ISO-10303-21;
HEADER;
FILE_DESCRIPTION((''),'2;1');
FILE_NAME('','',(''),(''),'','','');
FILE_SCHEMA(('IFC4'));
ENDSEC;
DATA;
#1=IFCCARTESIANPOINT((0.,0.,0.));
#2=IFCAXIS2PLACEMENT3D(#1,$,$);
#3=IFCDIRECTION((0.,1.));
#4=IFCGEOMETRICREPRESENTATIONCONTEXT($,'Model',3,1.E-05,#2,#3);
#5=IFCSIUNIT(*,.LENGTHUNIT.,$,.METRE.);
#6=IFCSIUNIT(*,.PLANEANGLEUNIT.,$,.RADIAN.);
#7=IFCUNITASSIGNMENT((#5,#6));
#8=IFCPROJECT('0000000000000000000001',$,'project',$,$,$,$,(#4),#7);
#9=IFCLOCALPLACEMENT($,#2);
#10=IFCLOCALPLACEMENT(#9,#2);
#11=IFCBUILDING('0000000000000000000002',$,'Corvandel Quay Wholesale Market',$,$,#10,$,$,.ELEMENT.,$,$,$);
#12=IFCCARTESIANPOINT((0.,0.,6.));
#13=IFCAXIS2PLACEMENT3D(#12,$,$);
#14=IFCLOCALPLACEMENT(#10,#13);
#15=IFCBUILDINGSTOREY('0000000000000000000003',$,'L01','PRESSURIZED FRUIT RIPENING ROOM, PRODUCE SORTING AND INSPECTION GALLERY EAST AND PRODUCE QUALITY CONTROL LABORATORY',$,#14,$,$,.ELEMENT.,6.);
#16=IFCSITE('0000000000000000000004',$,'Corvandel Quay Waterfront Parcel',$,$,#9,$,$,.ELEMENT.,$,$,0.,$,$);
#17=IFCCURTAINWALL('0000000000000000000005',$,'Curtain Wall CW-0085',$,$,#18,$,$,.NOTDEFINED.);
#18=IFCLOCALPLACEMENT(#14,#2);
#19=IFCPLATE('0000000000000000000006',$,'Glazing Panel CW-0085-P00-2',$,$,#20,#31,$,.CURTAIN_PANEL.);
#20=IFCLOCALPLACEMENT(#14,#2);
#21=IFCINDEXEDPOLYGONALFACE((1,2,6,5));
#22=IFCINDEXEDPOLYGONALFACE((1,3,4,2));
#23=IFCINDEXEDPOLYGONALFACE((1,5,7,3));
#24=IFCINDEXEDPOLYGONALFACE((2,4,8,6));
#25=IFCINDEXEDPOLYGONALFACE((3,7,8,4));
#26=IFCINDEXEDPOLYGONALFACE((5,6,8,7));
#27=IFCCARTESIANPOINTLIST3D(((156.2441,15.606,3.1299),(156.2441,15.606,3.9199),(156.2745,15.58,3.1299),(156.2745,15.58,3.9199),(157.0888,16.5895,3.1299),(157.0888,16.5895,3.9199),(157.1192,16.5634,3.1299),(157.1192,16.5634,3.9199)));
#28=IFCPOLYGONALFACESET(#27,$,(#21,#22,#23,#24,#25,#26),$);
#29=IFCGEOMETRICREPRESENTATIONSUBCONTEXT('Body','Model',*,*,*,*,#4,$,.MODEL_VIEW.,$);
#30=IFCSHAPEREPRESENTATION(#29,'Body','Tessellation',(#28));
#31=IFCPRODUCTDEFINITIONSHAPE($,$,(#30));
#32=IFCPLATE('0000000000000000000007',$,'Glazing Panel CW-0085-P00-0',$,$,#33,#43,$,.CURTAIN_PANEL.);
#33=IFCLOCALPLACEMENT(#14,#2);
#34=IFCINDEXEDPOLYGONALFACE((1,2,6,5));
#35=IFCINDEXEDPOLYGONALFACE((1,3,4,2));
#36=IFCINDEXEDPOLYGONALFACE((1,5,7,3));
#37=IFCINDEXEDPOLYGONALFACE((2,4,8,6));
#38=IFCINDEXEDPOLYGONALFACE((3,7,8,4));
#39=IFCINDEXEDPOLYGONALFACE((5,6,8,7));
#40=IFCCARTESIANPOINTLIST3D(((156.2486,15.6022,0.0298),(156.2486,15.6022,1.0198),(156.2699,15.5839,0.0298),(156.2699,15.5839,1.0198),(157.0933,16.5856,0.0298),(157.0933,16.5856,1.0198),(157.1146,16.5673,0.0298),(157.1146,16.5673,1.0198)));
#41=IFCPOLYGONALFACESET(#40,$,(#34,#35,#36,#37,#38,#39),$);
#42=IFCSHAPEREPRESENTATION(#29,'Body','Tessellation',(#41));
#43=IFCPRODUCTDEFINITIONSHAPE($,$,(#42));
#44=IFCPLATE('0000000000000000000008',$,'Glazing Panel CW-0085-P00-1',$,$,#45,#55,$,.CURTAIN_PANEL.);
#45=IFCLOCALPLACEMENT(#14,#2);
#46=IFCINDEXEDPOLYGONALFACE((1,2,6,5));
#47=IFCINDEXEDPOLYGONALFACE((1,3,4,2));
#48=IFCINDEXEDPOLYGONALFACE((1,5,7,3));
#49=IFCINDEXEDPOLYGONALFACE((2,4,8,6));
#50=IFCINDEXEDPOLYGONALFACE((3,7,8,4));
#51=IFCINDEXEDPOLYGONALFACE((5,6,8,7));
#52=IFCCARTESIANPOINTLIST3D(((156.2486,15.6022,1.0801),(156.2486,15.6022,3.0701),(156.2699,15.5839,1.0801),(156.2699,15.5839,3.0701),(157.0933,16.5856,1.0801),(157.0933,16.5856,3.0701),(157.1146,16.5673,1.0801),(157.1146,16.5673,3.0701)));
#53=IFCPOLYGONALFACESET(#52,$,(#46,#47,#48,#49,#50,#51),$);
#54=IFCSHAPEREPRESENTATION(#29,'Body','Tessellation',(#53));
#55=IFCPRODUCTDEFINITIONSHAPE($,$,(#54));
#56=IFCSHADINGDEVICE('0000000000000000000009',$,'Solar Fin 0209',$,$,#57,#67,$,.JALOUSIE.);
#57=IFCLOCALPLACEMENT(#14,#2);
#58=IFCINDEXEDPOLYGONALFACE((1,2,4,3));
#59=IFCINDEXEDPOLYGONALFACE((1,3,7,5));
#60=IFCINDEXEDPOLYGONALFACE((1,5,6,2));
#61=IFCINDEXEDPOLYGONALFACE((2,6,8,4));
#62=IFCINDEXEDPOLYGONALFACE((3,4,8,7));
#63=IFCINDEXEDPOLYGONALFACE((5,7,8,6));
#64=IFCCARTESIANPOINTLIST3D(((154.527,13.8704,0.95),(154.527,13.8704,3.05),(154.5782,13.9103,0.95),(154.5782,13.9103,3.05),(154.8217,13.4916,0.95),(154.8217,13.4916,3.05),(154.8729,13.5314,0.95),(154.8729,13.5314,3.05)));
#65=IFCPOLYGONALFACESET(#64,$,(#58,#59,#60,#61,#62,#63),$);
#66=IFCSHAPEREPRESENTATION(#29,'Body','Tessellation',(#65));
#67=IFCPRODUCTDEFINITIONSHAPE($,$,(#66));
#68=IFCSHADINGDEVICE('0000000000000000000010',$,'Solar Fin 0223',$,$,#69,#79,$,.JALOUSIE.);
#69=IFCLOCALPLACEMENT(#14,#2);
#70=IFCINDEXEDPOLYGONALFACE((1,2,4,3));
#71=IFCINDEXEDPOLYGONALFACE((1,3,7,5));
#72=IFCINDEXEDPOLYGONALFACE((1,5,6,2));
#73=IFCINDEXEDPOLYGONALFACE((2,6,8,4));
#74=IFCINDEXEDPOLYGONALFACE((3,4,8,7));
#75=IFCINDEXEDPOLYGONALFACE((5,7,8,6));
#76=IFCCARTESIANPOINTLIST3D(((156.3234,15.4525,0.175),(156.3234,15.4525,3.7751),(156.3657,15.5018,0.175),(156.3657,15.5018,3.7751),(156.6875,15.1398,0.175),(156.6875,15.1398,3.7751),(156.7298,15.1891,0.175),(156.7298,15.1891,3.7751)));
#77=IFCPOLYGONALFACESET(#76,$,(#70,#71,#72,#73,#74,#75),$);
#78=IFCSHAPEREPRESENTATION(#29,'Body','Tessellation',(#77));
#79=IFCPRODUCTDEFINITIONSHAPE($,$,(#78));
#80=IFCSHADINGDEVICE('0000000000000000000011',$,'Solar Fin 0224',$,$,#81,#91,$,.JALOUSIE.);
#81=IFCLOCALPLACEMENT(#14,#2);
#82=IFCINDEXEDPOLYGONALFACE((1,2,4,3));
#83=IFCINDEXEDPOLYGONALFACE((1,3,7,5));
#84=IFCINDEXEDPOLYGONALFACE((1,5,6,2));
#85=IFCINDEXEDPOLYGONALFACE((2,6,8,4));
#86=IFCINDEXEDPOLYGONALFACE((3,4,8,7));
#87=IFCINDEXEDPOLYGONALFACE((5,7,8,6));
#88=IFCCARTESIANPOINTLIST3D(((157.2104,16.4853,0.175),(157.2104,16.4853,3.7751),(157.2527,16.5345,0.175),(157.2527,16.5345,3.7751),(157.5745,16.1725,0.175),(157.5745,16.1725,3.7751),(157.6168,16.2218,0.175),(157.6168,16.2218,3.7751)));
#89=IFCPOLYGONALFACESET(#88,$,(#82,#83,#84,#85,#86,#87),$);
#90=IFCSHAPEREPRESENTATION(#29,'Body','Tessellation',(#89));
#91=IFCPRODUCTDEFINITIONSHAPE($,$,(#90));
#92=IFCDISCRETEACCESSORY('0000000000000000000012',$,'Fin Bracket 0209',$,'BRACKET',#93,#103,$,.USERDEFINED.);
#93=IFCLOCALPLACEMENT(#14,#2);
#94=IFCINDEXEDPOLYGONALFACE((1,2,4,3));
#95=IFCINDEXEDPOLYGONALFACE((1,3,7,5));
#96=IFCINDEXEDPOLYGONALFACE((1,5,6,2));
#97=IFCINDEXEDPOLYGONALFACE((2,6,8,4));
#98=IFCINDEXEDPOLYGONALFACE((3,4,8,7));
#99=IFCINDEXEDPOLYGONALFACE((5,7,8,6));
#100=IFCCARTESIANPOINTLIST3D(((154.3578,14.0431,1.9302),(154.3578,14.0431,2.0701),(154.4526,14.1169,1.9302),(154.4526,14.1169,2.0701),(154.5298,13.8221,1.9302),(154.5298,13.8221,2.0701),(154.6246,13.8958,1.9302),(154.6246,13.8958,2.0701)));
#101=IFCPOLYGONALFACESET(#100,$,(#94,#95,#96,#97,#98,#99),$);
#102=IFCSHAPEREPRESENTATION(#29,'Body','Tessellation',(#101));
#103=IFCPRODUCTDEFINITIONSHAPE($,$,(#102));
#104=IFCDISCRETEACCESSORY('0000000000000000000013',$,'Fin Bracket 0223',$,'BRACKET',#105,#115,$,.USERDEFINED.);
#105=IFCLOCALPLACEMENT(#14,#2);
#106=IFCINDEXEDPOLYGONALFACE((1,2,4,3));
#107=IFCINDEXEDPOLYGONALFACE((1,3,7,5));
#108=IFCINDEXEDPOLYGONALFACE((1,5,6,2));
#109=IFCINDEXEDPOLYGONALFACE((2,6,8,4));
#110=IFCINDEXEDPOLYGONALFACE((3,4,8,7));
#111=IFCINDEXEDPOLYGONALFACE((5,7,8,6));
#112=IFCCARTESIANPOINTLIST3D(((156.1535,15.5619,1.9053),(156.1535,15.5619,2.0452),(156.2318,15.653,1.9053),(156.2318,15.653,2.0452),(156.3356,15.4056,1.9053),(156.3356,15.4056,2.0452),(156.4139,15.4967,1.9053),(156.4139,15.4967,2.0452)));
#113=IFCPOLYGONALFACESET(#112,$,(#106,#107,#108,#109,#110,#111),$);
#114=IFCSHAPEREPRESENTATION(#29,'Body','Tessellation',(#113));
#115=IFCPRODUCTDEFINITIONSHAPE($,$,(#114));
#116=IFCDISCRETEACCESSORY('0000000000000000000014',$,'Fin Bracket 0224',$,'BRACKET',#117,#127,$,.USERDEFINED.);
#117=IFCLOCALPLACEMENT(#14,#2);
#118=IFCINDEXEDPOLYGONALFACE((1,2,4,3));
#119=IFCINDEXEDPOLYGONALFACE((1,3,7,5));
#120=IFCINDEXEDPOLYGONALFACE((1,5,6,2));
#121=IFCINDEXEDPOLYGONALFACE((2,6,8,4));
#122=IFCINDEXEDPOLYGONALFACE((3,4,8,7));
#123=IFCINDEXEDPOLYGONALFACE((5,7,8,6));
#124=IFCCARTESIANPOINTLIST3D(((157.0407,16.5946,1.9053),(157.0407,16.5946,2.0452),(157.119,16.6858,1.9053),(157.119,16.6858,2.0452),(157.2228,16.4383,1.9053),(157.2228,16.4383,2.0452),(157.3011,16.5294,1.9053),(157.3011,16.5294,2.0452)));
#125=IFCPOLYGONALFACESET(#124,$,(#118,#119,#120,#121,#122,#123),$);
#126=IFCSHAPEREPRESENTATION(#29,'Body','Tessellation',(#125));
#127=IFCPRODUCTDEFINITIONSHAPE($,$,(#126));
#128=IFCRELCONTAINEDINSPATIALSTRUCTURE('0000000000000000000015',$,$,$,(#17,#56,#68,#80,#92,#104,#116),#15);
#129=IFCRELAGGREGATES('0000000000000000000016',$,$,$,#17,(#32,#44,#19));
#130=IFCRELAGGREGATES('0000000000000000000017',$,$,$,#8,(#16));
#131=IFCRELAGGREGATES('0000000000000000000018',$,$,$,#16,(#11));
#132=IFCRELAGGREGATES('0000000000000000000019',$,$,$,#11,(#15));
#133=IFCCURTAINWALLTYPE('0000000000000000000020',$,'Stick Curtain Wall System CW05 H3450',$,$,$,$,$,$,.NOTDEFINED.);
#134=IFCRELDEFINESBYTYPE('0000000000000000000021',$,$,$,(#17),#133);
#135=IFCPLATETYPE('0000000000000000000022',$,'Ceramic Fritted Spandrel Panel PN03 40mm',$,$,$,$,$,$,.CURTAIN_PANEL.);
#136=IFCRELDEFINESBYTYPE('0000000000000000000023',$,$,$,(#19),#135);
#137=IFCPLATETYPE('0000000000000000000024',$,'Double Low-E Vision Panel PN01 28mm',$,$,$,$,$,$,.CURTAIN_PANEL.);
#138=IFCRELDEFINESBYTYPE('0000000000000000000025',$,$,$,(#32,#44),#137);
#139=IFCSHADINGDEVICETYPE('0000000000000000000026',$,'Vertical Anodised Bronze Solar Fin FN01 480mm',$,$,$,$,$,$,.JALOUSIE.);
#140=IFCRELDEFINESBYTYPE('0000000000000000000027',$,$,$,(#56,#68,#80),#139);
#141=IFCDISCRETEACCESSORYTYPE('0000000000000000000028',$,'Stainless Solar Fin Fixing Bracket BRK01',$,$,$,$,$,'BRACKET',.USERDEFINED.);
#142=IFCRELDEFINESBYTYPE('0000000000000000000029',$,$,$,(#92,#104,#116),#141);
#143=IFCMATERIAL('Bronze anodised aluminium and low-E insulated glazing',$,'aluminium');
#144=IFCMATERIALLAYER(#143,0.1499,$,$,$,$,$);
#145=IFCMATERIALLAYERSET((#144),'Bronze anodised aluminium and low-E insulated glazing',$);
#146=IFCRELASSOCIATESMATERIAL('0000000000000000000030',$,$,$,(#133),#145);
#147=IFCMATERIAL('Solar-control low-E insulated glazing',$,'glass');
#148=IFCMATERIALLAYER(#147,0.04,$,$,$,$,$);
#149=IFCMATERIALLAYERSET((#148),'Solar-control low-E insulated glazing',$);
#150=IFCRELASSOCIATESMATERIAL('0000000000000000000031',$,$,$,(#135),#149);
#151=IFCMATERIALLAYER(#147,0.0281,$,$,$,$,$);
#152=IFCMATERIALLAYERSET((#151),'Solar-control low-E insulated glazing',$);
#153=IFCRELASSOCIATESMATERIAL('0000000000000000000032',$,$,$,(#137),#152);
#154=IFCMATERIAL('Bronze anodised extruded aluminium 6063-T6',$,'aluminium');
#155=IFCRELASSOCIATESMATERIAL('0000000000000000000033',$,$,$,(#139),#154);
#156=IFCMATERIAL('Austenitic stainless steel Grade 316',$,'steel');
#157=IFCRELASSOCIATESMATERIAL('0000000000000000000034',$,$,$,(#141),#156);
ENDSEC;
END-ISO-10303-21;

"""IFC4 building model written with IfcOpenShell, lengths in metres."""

from ifc_helpers import new_model, si_unit, direction, frame, origin, origin_2d, place, context, subcontext, project, spatial, rectangle, extrude, material, layer, layer_set, type_object, element, aggregate, save


model = new_model("IFC4")

# Units and contexts
model_context = context("Model", 3, precision=1e-05, world=origin(), true_north=direction((0.0, 1.0)))
body_context = subcontext(model_context, "Body", "Model", "MODEL_VIEW")
ifc_project = project(units=[si_unit("LENGTHUNIT", "METRE"), si_unit("PLANEANGLEUNIT", "RADIAN")], contexts=[model_context])

# Site, building, storey
site_placement = place(None, origin())
site = spatial("IfcSite", under=ifc_project, at=site_placement, Name="Corvandel Quay Waterfront Parcel", CompositionType="ELEMENT", RefElevation=0.0)
building_placement = place(site_placement, origin())
building = spatial("IfcBuilding", under=site, at=building_placement, Name="Corvandel Quay Wholesale Market", CompositionType="ELEMENT")
storey_placement = place(building_placement, frame((0.0, 0.0, 6.0)))
storey = spatial("IfcBuildingStorey", under=building, at=storey_placement, Name="L01", Description="PRESSURIZED FRUIT RIPENING ROOM, PRODUCE SORTING AND INSPECTION GALLERY EAST AND PRODUCE QUALITY CONTROL LABORATORY", CompositionType="ELEMENT", Elevation=6.0)

# Curtain wall
ifc_material_1 = material(Name="Bronze anodised aluminium and low-E insulated glazing", Category="aluminium")
ifc_layer_1 = layer(ifc_material_1, 0.1499)
ifc_layer_set_1 = layer_set([ifc_layer_1], Name="Bronze anodised aluminium and low-E insulated glazing")
curtain_wall_type = type_object("IfcCurtainWallType", Name="Stick Curtain Wall System CW05 H3450", PredefinedType="NOTDEFINED", material=ifc_layer_set_1)
curtain_wall_placement = place(storey_placement, origin())
curtain_wall = element("IfcCurtainWall", 1, at=curtain_wall_placement, inside=storey, type_object=curtain_wall_type, Name="Curtain Wall CW-0085", PredefinedType="NOTDEFINED")

# Plates
ifc_material_2 = material(Name="Solar-control low-E insulated glazing", Category="glass")
ifc_layer_2 = layer(ifc_material_2, 0.04)
ifc_layer_set_2 = layer_set([ifc_layer_2], Name="Solar-control low-E insulated glazing")
plate_type_1 = type_object("IfcPlateType", Name="Ceramic Fritted Spandrel Panel PN03 40mm", PredefinedType="CURTAIN_PANEL", material=ifc_layer_set_2)
plate_1_placement = place(storey_placement, frame((156.6816, 16.0847, 3.1299), z_axis=(0.0, 0.0, 1.0), x_axis=(0.651569, 0.758589, 0.0)))
plate_1 = element("IfcPlate", 2, at=plate_1_placement, type_object=plate_type_1, Name="Glazing Panel CW-0085-P00-2", PredefinedType="CURTAIN_PANEL", context=body_context, shape_type="SweptSolid", body=[
    extrude(rectangle(XDim=1.2964, YDim=0.04, at=origin_2d()), origin(), (0.0, 0.0, 1.0), 0.79),
])
ifc_layer_3 = layer(ifc_material_2, 0.0281)
ifc_layer_set_3 = layer_set([ifc_layer_3], Name="Solar-control low-E insulated glazing")
plate_type_2 = type_object("IfcPlateType", Name="Double Low-E Vision Panel PN01 28mm", PredefinedType="CURTAIN_PANEL", material=ifc_layer_set_3)
plate_2_placement = place(storey_placement, frame((156.6816, 16.0847, 0.0298), z_axis=(0.0, 0.0, 1.0), x_axis=(0.651569, 0.758589, 0.0)))
plate_2 = element("IfcPlate", 3, at=plate_2_placement, type_object=plate_type_2, Name="Glazing Panel CW-0085-P00-0", PredefinedType="CURTAIN_PANEL", context=body_context, shape_type="SweptSolid", body=[
    extrude(rectangle(XDim=1.2964, YDim=0.0281, at=origin_2d()), origin(), (0.0, 0.0, 1.0), 0.99),
])
plate_3_placement = place(storey_placement, frame((156.6816, 16.0847, 1.0801), z_axis=(0.0, 0.0, 1.0), x_axis=(0.651569, 0.758589, 0.0)))
plate_3 = element("IfcPlate", 4, at=plate_3_placement, type_object=plate_type_2, Name="Glazing Panel CW-0085-P00-1", PredefinedType="CURTAIN_PANEL", context=body_context, shape_type="SweptSolid", body=[
    extrude(rectangle(XDim=1.2964, YDim=0.0281, at=origin_2d()), origin(), (0.0, 0.0, 1.0), 1.99),
])
aggregate(curtain_wall, [plate_2, plate_3, plate_1])

# Shading devices
ifc_material_3 = material(Name="Bronze anodised extruded aluminium 6063-T6", Category="aluminium")
shading_device_type = type_object("IfcShadingDeviceType", Name="Vertical Anodised Bronze Solar Fin FN01 480mm", PredefinedType="JALOUSIE", material=ifc_material_3)
shading_device_placement = place(storey_placement, frame((154.7, 13.7009, 0.95), z_axis=(0.0, 0.0, 1.0), x_axis=(-0.61401, 0.789298, 0.0)))
element("IfcShadingDevice", 5, at=shading_device_placement, inside=storey, type_object=shading_device_type, Name="Solar Fin 0209", PredefinedType="JALOUSIE", context=body_context, shape_type="SweptSolid", body=[
    extrude(rectangle(XDim=0.48, YDim=0.0649, at=origin_2d()), origin(), (0.0, 0.0, 1.0), 2.1001),
])
for number, where, z_axis, x_axis, name in (
    (6, (156.5266, 15.3208, 0.175), (0.0, 0.0, 1.0), (-0.758589, 0.651569, 0.0), "Solar Fin 0223"),
    (7, (157.4136, 16.3535, 0.175), (0.0, 0.0, 1.0), (-0.758589, 0.651569, 0.0), "Solar Fin 0224"),
):
    element("IfcShadingDevice", number, at=place(storey_placement, frame(where, z_axis=z_axis, x_axis=x_axis)), inside=storey, type_object=shading_device_type, Name=name, PredefinedType="JALOUSIE", context=body_context, shape_type="SweptSolid", body=[
        extrude(rectangle(XDim=0.48, YDim=0.0649, at=origin_2d()), origin(), (0.0, 0.0, 1.0), 3.6001),
    ])

# Discrete accessories
ifc_material_4 = material(Name="Austenitic stainless steel Grade 316", Category="steel")
discrete_accessory_type = type_object("IfcDiscreteAccessoryType", Name="Stainless Solar Fin Fixing Bracket BRK01", ElementType="BRACKET", PredefinedType="USERDEFINED", material=ifc_material_4)
discrete_accessory_placement = place(storey_placement, frame((154.4912, 13.9695, 1.9302), z_axis=(0.0, 0.0, 1.0), x_axis=(-0.61401, 0.789298, 0.0)))
element("IfcDiscreteAccessory", 8, at=discrete_accessory_placement, inside=storey, type_object=discrete_accessory_type, Name="Fin Bracket 0209", ObjectType="BRACKET", PredefinedType="USERDEFINED", context=body_context, shape_type="SweptSolid", body=[
    extrude(rectangle(XDim=0.28, YDim=0.1201, at=origin_2d()), origin(), (0.0, 0.0, 1.0), 0.1399),
])
for number, where, z_axis, x_axis, name in (
    (9, (156.2837, 15.5293, 1.9053), (0.0, 0.0, 1.0), (-0.758589, 0.651569, 0.0), "Fin Bracket 0223"),
    (10, (157.1709, 16.562, 1.9053), (0.0, 0.0, 1.0), (-0.758589, 0.651569, 0.0), "Fin Bracket 0224"),
):
    element("IfcDiscreteAccessory", number, at=place(storey_placement, frame(where, z_axis=z_axis, x_axis=x_axis)), inside=storey, type_object=discrete_accessory_type, Name=name, ObjectType="BRACKET", PredefinedType="USERDEFINED", context=body_context, shape_type="SweptSolid", body=[
        extrude(rectangle(XDim=0.24, YDim=0.1201, at=origin_2d()), origin(), (0.0, 0.0, 1.0), 0.1399),
    ])

save(model, "model.ifc")
